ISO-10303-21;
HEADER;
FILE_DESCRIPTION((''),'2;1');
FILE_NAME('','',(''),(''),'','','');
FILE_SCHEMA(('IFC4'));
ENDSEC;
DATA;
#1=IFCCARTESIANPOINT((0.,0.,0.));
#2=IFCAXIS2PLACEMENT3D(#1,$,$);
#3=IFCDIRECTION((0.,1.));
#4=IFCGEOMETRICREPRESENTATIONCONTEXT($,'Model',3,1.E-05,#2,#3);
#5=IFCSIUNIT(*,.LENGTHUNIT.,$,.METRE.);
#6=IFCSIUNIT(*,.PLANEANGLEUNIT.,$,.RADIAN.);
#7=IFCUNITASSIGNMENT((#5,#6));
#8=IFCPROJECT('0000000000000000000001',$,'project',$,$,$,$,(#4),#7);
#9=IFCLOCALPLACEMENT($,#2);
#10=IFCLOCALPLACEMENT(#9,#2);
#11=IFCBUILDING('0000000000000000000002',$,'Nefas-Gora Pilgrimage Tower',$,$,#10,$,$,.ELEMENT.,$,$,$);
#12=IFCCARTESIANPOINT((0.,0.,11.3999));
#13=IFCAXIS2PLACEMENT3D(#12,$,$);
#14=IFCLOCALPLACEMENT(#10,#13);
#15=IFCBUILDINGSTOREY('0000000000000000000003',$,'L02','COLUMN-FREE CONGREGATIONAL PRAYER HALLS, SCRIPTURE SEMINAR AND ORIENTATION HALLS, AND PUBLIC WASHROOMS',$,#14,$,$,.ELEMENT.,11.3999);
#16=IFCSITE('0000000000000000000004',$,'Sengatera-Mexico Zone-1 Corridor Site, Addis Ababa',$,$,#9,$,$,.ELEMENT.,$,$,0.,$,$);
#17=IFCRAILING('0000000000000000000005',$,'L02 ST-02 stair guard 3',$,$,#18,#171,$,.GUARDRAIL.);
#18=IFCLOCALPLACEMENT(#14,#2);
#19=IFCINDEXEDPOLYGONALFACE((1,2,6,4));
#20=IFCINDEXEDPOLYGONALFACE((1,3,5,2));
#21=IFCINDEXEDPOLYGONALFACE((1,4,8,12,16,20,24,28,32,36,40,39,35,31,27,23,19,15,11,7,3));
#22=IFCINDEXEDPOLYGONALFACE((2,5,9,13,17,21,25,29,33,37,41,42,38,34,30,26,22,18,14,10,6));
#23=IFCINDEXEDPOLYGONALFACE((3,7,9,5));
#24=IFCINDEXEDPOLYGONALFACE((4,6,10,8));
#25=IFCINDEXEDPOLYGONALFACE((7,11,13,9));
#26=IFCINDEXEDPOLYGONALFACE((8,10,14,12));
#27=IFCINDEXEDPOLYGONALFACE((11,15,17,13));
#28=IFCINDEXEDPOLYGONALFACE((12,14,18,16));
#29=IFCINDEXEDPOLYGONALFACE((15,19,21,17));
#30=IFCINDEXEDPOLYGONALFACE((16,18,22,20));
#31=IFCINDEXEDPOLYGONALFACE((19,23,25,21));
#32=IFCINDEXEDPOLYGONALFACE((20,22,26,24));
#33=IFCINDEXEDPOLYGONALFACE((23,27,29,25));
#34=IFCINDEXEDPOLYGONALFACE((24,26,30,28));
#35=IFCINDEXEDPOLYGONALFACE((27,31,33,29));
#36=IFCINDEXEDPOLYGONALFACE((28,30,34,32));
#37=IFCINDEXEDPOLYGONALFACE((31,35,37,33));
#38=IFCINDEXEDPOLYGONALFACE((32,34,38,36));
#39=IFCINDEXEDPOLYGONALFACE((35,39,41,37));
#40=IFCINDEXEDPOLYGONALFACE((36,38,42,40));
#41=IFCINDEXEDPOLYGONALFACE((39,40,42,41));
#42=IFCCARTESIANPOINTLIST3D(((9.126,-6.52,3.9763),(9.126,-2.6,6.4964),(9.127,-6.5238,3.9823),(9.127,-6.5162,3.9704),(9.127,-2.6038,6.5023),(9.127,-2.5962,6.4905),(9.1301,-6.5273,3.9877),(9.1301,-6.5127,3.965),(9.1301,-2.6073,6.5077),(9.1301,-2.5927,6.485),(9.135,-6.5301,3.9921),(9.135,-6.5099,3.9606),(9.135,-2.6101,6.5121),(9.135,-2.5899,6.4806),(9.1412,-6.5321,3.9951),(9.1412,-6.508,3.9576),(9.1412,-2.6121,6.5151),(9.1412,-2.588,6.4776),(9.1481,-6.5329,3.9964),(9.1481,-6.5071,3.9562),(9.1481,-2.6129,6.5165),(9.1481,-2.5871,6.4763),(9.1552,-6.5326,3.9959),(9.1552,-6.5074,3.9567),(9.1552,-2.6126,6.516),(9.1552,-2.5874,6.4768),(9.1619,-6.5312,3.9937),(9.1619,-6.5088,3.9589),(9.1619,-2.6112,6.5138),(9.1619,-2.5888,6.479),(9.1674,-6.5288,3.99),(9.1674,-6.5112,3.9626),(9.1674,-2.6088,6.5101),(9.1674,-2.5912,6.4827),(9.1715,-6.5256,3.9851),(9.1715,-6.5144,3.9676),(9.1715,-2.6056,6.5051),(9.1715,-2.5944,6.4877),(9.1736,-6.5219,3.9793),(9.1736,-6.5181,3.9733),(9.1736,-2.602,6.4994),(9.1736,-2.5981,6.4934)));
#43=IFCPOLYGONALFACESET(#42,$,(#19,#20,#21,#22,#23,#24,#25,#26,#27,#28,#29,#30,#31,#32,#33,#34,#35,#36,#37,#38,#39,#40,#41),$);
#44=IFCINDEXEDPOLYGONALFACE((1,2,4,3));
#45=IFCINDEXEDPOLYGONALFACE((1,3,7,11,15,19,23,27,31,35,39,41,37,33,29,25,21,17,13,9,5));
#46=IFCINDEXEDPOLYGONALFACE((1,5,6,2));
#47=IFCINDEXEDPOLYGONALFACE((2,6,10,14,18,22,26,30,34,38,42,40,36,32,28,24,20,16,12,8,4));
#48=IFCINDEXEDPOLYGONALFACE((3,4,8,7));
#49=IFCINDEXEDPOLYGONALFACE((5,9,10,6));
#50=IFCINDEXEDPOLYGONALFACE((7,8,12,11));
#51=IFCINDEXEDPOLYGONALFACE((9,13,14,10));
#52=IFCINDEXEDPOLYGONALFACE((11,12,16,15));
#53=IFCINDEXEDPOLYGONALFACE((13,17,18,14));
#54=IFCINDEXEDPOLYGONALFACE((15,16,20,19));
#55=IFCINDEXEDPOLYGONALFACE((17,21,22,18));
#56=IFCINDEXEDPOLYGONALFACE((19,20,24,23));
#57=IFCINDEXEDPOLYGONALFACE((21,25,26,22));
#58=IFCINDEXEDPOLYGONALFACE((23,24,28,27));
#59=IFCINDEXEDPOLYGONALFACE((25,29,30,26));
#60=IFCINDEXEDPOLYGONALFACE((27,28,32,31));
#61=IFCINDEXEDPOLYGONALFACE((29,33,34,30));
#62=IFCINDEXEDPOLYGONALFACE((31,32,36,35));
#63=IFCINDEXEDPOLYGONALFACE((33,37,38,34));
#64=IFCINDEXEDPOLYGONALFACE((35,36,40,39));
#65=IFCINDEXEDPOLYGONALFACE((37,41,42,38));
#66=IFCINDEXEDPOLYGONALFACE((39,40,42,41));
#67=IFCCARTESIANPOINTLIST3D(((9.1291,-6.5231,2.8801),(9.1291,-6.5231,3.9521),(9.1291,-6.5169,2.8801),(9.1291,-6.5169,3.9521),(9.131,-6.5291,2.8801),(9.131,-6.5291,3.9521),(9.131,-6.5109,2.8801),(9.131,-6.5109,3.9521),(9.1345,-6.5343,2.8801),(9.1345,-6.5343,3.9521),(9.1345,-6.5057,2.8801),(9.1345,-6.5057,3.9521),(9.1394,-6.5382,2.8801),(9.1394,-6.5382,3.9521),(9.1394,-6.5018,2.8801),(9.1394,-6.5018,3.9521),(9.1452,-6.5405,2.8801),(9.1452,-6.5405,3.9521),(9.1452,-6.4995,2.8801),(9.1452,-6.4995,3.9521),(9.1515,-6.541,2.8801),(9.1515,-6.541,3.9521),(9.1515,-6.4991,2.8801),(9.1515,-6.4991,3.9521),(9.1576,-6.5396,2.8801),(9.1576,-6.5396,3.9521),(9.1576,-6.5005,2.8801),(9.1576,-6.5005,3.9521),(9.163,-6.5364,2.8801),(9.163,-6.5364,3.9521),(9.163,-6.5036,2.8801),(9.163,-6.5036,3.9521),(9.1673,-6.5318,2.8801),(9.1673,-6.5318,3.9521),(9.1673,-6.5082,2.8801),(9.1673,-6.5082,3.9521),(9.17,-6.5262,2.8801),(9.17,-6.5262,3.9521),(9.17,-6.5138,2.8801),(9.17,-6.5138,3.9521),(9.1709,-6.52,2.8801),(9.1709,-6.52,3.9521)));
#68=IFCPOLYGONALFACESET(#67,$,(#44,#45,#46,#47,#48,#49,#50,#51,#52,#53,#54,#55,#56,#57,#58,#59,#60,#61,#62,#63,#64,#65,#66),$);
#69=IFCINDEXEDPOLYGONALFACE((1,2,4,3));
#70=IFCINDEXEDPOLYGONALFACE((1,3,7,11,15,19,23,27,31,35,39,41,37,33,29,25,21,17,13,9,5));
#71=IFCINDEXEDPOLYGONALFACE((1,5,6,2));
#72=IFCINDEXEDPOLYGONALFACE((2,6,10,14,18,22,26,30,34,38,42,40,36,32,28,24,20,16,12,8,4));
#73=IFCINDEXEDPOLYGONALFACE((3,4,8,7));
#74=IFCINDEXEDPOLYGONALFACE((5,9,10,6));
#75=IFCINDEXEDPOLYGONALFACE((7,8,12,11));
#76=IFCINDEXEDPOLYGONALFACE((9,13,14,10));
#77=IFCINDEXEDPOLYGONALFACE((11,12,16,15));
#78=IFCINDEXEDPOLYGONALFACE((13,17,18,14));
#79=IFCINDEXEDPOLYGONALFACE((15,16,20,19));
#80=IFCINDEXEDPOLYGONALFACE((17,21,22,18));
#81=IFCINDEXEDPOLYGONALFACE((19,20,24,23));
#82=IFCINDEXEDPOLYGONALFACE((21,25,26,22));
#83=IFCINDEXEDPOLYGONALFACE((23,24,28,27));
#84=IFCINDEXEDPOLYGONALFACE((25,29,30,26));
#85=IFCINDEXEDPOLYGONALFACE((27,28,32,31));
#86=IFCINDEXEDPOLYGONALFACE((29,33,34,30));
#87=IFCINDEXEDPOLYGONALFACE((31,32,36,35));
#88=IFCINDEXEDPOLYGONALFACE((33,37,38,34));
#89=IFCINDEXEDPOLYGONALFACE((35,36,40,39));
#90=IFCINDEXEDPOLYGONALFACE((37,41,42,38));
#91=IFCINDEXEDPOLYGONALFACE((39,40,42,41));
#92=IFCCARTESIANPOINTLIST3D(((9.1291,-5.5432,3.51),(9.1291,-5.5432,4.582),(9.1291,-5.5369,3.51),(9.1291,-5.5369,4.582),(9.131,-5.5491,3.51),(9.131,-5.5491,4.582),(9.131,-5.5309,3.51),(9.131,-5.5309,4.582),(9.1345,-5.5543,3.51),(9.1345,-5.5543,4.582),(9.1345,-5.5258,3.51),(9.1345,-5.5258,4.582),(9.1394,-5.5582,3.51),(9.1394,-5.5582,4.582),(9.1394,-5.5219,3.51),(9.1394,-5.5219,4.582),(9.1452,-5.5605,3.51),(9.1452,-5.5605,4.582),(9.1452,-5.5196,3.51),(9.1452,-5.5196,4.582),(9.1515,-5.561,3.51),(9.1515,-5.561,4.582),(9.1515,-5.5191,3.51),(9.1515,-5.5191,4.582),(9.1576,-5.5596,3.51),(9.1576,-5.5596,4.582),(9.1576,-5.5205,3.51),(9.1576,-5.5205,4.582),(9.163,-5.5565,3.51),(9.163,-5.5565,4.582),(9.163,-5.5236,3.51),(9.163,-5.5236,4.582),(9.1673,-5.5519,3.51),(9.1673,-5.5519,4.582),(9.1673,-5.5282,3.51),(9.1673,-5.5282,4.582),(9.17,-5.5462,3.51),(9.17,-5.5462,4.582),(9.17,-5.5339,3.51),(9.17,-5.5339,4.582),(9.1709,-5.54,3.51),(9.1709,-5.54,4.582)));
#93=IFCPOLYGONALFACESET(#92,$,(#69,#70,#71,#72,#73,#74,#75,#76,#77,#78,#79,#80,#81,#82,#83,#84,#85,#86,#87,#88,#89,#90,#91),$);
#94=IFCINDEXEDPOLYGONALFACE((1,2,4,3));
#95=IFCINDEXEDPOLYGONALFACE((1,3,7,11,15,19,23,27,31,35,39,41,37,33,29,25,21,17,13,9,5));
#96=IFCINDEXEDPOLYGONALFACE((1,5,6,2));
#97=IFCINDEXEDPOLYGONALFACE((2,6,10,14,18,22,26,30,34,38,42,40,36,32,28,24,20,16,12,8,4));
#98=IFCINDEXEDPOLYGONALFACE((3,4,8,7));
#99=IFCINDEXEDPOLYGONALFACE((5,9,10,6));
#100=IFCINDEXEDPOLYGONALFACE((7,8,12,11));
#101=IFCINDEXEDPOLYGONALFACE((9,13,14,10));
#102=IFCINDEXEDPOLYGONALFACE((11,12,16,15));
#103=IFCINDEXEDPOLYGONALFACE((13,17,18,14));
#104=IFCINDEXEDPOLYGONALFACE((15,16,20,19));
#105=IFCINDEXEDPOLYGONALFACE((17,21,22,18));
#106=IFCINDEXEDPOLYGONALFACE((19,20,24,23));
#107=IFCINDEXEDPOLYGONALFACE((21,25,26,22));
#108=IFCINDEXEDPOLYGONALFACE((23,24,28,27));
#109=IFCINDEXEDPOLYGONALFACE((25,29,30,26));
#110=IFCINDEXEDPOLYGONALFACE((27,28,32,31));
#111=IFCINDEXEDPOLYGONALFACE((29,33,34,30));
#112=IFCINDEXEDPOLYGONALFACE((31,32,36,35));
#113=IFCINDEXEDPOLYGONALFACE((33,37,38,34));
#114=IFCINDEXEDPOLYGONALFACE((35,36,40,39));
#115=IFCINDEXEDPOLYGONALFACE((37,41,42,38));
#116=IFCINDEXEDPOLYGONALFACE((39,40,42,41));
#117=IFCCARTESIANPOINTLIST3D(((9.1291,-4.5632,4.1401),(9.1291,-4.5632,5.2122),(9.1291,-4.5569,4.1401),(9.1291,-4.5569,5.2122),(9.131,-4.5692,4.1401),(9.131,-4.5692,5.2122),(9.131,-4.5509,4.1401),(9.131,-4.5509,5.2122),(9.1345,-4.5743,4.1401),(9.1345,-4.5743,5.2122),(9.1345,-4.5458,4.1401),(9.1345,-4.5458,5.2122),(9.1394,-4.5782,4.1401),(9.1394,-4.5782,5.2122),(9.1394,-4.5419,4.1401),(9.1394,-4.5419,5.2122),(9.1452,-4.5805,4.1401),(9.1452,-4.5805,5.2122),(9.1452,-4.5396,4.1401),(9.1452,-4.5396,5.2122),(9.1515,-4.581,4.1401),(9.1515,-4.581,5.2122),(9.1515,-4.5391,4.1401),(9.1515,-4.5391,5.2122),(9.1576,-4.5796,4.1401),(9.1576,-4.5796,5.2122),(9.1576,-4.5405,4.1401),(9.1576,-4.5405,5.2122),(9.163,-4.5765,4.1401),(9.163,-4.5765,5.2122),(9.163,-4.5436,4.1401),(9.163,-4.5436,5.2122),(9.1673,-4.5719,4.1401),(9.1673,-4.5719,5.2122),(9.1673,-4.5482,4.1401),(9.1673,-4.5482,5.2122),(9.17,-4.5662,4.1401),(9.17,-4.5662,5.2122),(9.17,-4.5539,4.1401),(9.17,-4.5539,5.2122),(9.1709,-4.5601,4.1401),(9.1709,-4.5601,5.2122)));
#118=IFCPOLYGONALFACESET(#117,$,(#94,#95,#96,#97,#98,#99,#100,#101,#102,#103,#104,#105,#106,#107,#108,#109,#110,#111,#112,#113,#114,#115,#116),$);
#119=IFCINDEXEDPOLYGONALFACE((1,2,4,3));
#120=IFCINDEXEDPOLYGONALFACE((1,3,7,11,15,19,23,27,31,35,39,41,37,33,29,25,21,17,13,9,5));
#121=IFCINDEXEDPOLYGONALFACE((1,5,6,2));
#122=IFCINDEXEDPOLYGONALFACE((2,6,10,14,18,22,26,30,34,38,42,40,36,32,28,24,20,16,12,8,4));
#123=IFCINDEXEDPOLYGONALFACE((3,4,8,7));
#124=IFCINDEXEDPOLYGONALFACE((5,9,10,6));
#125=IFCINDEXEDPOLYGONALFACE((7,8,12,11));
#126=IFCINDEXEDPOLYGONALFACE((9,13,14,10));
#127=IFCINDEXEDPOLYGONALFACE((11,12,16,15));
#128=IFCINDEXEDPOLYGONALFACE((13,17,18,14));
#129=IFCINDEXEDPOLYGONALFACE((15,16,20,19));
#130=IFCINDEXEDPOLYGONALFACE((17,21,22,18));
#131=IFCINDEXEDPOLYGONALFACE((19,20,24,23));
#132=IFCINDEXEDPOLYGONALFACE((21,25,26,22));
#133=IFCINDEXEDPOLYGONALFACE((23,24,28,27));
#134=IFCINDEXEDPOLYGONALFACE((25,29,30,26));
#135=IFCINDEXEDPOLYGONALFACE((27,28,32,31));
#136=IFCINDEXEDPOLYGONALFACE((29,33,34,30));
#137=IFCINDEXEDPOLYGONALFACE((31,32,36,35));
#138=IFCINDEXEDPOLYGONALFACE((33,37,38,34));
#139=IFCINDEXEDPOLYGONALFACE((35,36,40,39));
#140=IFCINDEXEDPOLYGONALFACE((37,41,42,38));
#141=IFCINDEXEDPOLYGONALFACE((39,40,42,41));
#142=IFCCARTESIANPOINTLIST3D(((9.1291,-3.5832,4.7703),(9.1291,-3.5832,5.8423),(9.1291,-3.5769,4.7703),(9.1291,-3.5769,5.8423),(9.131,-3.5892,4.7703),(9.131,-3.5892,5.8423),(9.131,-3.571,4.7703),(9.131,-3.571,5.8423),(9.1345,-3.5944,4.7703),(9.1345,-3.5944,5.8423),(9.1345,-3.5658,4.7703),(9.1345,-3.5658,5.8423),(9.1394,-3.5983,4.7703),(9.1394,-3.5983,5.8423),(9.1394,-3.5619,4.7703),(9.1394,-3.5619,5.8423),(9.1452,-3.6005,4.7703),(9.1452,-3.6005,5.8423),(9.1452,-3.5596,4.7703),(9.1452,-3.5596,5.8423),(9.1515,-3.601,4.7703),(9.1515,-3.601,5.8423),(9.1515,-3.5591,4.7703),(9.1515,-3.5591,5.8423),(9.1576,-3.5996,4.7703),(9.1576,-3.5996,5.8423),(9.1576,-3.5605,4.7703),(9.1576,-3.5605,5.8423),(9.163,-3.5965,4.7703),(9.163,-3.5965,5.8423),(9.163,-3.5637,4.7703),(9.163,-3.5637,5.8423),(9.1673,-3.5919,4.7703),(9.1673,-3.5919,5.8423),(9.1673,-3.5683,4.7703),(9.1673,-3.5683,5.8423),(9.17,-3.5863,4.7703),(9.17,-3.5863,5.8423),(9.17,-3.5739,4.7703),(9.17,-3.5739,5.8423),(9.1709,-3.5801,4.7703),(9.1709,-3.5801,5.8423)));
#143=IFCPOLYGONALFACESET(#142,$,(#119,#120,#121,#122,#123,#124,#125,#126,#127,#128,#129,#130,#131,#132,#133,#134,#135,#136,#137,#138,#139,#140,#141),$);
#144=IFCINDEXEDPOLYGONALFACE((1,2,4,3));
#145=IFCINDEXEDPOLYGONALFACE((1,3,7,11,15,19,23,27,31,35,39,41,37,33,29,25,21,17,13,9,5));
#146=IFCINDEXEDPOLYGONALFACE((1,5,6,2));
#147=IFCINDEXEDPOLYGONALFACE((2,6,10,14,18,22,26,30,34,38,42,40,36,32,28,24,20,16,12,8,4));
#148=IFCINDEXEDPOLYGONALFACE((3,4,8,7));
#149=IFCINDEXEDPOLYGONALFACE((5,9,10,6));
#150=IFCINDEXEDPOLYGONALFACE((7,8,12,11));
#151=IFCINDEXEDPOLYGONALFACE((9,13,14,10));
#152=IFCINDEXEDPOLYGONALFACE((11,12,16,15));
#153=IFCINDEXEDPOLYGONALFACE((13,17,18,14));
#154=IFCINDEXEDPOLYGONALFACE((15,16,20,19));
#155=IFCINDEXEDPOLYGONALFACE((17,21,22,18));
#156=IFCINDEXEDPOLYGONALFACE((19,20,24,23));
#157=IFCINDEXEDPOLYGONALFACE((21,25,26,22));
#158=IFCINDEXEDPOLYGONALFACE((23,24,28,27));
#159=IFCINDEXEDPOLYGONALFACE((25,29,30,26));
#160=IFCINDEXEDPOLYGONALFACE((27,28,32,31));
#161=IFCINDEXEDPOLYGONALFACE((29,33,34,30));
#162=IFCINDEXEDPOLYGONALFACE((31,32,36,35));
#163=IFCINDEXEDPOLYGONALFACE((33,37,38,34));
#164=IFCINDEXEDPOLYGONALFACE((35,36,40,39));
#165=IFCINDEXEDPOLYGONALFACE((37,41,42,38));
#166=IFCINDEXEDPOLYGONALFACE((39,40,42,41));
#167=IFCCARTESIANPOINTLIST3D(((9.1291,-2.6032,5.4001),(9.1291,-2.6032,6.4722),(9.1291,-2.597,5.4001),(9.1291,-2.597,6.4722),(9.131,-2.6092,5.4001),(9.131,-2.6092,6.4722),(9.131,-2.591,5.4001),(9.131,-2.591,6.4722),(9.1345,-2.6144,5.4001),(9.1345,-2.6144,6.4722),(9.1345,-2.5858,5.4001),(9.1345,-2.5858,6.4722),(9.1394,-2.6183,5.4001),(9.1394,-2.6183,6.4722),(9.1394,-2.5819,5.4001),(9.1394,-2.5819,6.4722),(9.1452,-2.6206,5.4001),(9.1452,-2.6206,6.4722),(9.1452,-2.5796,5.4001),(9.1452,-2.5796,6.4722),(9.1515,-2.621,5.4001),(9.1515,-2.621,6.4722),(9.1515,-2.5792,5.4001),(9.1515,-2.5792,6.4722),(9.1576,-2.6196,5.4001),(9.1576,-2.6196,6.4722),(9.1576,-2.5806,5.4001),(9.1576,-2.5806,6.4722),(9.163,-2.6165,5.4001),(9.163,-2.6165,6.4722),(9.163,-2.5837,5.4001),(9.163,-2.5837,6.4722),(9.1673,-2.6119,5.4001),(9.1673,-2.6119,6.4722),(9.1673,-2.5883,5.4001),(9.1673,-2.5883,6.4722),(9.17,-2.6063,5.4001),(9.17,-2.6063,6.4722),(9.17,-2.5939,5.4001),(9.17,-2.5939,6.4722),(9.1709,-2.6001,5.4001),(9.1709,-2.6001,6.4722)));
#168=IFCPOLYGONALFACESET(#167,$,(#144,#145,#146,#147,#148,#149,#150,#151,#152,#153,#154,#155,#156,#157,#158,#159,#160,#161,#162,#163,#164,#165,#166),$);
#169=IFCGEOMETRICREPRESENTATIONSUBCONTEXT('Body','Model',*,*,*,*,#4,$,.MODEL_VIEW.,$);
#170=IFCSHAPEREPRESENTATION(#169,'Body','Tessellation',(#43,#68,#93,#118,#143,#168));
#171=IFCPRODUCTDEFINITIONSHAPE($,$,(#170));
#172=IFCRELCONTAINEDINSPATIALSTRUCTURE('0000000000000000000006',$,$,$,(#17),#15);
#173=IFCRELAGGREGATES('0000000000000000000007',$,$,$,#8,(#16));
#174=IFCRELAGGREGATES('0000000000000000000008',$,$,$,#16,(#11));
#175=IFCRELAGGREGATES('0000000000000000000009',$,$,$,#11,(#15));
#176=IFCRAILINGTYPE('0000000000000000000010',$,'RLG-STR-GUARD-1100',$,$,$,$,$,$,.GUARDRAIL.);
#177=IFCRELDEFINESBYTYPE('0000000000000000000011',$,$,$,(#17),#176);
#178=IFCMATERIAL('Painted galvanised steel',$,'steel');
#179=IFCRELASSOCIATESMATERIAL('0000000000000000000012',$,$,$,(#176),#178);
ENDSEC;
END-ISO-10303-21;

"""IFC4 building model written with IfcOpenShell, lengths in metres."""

from ifc_helpers import new_model, si_unit, direction, frame, origin, origin_2d, place, context, subcontext, project, spatial, circle, extrude, material, type_object, element, save


model = new_model("IFC4")

# Units and contexts
model_context = context("Model", 3, precision=1e-05, world=origin(), true_north=direction((0.0, 1.0)))
body_context = subcontext(model_context, "Body", "Model", "MODEL_VIEW")
ifc_project = project(units=[si_unit("LENGTHUNIT", "METRE"), si_unit("PLANEANGLEUNIT", "RADIAN")], contexts=[model_context])

# Site, building, storey
site_placement = place(None, origin())
site = spatial("IfcSite", under=ifc_project, at=site_placement, Name="Sengatera-Mexico Zone-1 Corridor Site, Addis Ababa", CompositionType="ELEMENT", RefElevation=0.0)
building_placement = place(site_placement, origin())
building = spatial("IfcBuilding", under=site, at=building_placement, Name="Nefas-Gora Pilgrimage Tower", CompositionType="ELEMENT")
storey_placement = place(building_placement, frame((0.0, 0.0, 11.3999)))
storey = spatial("IfcBuildingStorey", under=building, at=storey_placement, Name="L02", Description="COLUMN-FREE CONGREGATIONAL PRAYER HALLS, SCRIPTURE SEMINAR AND ORIENTATION HALLS, AND PUBLIC WASHROOMS", CompositionType="ELEMENT", Elevation=11.3999)

# Railing
ifc_material_1 = material(Name="Painted galvanised steel", Category="steel")
railing_type_1 = type_object("IfcRailingType", Name="RLG-STR-GUARD-1100", PredefinedType="GUARDRAIL", material=ifc_material_1)
railing_1_placement = place(storey_placement, frame((9.1499, -6.52, 2.8801)))
element("IfcRailing", 1, at=railing_1_placement, inside=storey, type_object=railing_type_1, Name="L02 ST-02 stair guard 3", PredefinedType="GUARDRAIL", context=body_context, shape_type="SweptSolid", body=[
    extrude(circle(Radius=0.0239, at=origin_2d()), frame((0.0, 0.0, 1.0962), z_axis=(0.0, 0.841172, 0.540768), x_axis=(-1.0, 0.0, 0.0)), (0.0, 0.0, 1.0), 4.6602),
    extrude(circle(Radius=0.021, at=origin_2d()), origin(), (0.0, 0.0, 1.0), 1.072),
    extrude(circle(Radius=0.021, at=origin_2d()), frame((0.0, 0.98, 0.6299)), (0.0, 0.0, 1.0), 1.072),
    extrude(circle(Radius=0.021, at=origin_2d()), frame((0.0, 1.96, 1.26)), (0.0, 0.0, 1.0), 1.072),
    extrude(circle(Radius=0.021, at=origin_2d()), frame((0.0, 2.9399, 1.8901)), (0.0, 0.0, 1.0), 1.072),
    extrude(circle(Radius=0.021, at=origin_2d()), frame((0.0, 3.9199, 2.52)), (0.0, 0.0, 1.0), 1.072),
])

save(model, "model.ifc")
